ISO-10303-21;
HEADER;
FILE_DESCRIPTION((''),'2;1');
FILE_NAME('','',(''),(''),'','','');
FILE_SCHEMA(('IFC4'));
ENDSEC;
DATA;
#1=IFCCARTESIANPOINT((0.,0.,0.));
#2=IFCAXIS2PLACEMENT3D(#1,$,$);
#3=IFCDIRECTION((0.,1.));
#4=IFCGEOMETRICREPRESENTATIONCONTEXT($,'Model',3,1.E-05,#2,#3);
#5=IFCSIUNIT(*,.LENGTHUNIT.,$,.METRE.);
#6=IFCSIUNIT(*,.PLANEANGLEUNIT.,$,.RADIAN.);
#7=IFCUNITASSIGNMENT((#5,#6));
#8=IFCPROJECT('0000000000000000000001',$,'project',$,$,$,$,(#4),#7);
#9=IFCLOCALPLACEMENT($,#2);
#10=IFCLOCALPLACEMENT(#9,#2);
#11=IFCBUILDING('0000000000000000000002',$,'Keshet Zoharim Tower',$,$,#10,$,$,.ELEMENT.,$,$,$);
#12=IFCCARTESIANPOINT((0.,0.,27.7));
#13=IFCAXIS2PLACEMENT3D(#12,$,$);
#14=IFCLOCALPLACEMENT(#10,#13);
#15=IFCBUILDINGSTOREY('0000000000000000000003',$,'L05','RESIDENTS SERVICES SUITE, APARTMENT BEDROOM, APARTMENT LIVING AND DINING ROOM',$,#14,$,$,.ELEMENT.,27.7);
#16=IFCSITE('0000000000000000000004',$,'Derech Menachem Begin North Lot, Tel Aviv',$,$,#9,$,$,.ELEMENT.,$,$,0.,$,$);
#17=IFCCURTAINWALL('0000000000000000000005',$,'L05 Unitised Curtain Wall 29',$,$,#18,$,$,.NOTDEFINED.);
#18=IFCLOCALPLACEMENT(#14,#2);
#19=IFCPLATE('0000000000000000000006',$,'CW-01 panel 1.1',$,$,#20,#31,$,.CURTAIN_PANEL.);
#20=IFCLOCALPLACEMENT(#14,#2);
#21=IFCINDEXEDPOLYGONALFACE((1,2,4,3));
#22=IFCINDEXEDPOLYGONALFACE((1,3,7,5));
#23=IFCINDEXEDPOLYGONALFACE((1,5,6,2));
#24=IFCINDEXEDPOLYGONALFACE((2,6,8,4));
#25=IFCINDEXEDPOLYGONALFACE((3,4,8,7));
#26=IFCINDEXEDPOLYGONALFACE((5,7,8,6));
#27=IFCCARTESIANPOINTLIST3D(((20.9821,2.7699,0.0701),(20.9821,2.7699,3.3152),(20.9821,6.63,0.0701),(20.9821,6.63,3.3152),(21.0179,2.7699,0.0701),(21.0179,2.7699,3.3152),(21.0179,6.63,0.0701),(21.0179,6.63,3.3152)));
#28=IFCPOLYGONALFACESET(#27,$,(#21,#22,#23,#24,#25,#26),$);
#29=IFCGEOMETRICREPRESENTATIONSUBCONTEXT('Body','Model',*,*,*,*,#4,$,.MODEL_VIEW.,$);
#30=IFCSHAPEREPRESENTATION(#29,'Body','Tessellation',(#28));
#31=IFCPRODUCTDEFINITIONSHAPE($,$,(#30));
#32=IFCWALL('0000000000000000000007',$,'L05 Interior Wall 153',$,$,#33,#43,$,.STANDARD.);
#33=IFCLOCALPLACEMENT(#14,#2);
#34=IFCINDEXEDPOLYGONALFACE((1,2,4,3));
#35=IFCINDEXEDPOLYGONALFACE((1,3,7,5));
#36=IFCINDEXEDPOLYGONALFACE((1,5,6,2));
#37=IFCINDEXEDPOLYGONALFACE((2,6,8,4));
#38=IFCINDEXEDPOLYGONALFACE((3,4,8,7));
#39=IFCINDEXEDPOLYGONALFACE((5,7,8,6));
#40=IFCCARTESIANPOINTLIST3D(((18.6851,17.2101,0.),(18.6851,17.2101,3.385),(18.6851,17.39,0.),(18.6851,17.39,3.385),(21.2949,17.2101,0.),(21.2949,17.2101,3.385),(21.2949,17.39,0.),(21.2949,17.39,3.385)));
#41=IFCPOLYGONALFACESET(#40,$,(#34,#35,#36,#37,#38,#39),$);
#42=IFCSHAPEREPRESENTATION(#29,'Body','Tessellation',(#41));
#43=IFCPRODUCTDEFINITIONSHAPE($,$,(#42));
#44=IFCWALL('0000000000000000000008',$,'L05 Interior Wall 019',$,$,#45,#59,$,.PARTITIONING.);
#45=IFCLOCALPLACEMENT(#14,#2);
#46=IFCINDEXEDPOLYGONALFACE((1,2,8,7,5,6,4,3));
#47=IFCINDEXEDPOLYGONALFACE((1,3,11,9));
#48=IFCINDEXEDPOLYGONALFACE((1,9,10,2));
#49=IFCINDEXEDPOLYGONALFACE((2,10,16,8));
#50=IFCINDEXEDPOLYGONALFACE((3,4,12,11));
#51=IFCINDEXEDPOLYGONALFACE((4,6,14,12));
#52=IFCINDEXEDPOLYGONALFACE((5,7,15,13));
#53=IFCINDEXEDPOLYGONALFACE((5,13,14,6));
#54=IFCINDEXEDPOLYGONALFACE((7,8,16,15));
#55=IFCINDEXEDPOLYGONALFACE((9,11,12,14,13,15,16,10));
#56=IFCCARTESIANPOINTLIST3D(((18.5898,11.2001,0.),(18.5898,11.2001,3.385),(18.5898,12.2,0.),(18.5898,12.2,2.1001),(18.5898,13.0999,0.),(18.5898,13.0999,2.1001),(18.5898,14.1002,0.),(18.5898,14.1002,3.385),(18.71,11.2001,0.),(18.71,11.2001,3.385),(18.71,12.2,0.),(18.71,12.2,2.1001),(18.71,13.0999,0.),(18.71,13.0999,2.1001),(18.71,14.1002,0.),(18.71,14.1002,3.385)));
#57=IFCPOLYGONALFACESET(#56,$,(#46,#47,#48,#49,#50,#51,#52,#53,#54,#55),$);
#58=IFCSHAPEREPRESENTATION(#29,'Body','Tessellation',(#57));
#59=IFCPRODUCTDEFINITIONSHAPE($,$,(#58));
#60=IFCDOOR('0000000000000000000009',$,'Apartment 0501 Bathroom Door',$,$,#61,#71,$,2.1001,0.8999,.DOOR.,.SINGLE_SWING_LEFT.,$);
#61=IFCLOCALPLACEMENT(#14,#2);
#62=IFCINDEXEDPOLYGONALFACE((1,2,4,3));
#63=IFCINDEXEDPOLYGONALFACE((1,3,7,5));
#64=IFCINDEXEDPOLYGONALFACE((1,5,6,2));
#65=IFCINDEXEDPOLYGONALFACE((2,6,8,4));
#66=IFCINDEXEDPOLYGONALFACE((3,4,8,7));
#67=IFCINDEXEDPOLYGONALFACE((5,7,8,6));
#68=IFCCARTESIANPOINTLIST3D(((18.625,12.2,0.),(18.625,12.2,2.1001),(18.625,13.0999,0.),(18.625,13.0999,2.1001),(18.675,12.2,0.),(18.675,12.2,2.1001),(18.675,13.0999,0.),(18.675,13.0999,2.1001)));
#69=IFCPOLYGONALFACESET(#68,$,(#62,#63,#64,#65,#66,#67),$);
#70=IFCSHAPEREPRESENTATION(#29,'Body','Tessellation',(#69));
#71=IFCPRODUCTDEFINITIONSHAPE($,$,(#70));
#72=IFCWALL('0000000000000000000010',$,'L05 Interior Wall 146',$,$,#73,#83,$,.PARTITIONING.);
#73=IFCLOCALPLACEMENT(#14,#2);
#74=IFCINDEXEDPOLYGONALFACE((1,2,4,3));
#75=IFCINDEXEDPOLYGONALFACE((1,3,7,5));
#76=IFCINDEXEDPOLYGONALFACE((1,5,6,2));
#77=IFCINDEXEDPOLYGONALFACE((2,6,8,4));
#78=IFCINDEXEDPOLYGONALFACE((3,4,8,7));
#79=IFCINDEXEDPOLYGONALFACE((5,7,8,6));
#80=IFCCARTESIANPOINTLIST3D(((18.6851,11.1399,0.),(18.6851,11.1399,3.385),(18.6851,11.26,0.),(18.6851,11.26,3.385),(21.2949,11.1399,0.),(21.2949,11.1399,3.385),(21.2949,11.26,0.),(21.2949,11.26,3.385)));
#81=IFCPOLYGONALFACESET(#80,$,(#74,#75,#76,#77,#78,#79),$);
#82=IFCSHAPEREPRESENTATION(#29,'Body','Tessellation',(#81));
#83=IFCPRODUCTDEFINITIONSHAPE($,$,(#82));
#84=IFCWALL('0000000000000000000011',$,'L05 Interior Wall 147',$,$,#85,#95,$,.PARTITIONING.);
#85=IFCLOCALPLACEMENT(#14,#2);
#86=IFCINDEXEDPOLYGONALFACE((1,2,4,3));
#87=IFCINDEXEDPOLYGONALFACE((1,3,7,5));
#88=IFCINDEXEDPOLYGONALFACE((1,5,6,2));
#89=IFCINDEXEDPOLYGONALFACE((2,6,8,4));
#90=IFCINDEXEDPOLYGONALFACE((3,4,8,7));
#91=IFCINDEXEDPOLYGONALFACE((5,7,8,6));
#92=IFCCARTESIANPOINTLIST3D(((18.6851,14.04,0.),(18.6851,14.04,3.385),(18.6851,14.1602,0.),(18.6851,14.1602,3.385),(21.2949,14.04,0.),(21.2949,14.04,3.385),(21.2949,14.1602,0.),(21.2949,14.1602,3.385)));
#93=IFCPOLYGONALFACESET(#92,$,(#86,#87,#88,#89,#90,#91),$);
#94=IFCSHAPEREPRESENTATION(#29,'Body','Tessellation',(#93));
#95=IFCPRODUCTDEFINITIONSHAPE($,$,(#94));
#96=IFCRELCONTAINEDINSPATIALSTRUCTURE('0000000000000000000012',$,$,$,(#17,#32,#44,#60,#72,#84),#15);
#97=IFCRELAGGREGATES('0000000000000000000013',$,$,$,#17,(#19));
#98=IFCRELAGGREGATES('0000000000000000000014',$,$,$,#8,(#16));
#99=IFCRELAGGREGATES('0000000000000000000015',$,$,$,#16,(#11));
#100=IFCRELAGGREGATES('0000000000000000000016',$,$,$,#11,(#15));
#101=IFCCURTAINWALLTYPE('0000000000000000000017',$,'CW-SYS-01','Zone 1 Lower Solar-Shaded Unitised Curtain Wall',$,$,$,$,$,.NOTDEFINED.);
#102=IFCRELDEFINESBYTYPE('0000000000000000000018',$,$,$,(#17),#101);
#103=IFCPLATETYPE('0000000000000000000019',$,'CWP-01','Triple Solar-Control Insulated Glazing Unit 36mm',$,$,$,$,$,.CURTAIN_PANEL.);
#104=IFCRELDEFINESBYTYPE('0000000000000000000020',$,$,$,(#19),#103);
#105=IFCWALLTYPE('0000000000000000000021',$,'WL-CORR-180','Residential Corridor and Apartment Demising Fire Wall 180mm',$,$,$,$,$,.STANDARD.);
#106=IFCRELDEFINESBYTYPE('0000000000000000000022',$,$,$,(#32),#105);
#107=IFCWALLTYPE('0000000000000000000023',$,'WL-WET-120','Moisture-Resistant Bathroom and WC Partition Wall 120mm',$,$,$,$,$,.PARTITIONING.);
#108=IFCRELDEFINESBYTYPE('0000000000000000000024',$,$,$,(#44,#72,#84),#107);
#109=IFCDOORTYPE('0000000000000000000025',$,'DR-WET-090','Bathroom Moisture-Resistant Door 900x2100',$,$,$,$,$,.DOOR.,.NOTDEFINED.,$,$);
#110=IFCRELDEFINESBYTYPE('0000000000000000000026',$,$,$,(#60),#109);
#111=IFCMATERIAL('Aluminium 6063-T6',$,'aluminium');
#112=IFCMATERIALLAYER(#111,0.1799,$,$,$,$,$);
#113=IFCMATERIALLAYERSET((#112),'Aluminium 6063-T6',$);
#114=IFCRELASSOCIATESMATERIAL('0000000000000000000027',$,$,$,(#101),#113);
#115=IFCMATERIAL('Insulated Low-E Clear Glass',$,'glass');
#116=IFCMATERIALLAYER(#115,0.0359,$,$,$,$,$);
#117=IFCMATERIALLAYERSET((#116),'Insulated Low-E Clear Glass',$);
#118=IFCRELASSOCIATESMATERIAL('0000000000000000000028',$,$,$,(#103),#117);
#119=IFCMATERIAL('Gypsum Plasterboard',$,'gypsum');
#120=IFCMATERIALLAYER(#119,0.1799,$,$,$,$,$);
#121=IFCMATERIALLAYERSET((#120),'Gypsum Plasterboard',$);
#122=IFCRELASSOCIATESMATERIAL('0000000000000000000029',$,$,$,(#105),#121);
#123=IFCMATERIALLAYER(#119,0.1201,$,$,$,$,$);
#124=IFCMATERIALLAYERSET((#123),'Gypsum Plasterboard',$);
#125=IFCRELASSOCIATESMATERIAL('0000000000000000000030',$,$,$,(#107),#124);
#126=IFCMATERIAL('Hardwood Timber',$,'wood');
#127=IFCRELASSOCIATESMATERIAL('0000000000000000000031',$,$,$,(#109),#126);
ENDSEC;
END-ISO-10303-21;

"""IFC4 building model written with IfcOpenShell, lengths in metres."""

from ifc_helpers import new_model, si_unit, direction, frame, frame_2d, origin, origin_2d, place, context, subcontext, project, spatial, rectangle, extrude, material, layer, layer_set, type_object, element, fill, aggregate, save


model = new_model("IFC4")

# Units and contexts
model_context = context("Model", 3, precision=1e-05, world=origin(), true_north=direction((0.0, 1.0)))
body_context = subcontext(model_context, "Body", "Model", "MODEL_VIEW")
ifc_project = project(units=[si_unit("LENGTHUNIT", "METRE"), si_unit("PLANEANGLEUNIT", "RADIAN")], contexts=[model_context])

# Site, building, storey
site_placement = place(None, origin())
site = spatial("IfcSite", under=ifc_project, at=site_placement, Name="Derech Menachem Begin North Lot, Tel Aviv", CompositionType="ELEMENT", RefElevation=0.0)
building_placement = place(site_placement, origin())
building = spatial("IfcBuilding", under=site, at=building_placement, Name="Keshet Zoharim Tower", CompositionType="ELEMENT")
storey_placement = place(building_placement, frame((0.0, 0.0, 27.7)))
storey = spatial("IfcBuildingStorey", under=building, at=storey_placement, Name="L05", Description="RESIDENTS SERVICES SUITE, APARTMENT BEDROOM, APARTMENT LIVING AND DINING ROOM", CompositionType="ELEMENT", Elevation=27.7)

# Shared definitions
ifc_material_1 = material(Name="Aluminium 6063-T6", Category="aluminium")
ifc_layer_1 = layer(ifc_material_1, 0.1799)
ifc_layer_set_1 = layer_set([ifc_layer_1], Name="Aluminium 6063-T6")
curtain_wall_type = type_object("IfcCurtainWallType", Name="CW-SYS-01", Description="Zone 1 Lower Solar-Shaded Unitised Curtain Wall", PredefinedType="NOTDEFINED", material=ifc_layer_set_1)

# Curtain wall
curtain_wall_1_placement = place(storey_placement, origin())
curtain_wall_1 = element("IfcCurtainWall", 1, at=curtain_wall_1_placement, inside=storey, type_object=curtain_wall_type, Name="L05 Unitised Curtain Wall 29", PredefinedType="NOTDEFINED")

# Plate
ifc_material_2 = material(Name="Insulated Low-E Clear Glass", Category="glass")
ifc_layer_2 = layer(ifc_material_2, 0.0359)
ifc_layer_set_2 = layer_set([ifc_layer_2], Name="Insulated Low-E Clear Glass")
plate_type = type_object("IfcPlateType", Name="CWP-01", Description="Triple Solar-Control Insulated Glazing Unit 36mm", PredefinedType="CURTAIN_PANEL", material=ifc_layer_set_2)
plate_1_placement = place(storey_placement, frame((21.0, 4.7, 0.0701), z_axis=(0.0, 0.0, 1.0), x_axis=(0.0, 1.0, 0.0)))
plate_1 = element("IfcPlate", 2, at=plate_1_placement, type_object=plate_type, Name="CW-01 panel 1.1", PredefinedType="CURTAIN_PANEL", context=body_context, shape_type="SweptSolid", body=[
    extrude(rectangle(XDim=3.8601, YDim=0.0359, at=origin_2d()), origin(), (0.0, 0.0, 1.0), 3.2451),
])
aggregate(curtain_wall_1, [plate_1])

# Wall
ifc_material_3 = material(Name="Gypsum Plasterboard", Category="gypsum")
ifc_layer_3 = layer(ifc_material_3, 0.1799)
ifc_layer_set_3 = layer_set([ifc_layer_3], Name="Gypsum Plasterboard")
wall_type_1 = type_object("IfcWallType", Name="WL-CORR-180", Description="Residential Corridor and Apartment Demising Fire Wall 180mm", PredefinedType="STANDARD", material=ifc_layer_set_3)
wall_1_placement = place(storey_placement, frame((18.6851, 17.3, 0.0), z_axis=(0.0, 0.0, 1.0), x_axis=(1.0, 0.0, 0.0)))
element("IfcWall", 3, at=wall_1_placement, inside=storey, type_object=wall_type_1, Name="L05 Interior Wall 153", PredefinedType="STANDARD", context=body_context, shape_type="SweptSolid", body=[
    extrude(rectangle(XDim=2.6099, YDim=0.1799, at=frame_2d((1.3049, 0.0))), origin(), (0.0, 0.0, 1.0), 3.385),
])

# Wall, opening, door
ifc_material_4 = material(Name="Hardwood Timber", Category="wood")
ifc_layer_4 = layer(ifc_material_3, 0.1201)
ifc_layer_set_4 = layer_set([ifc_layer_4], Name="Gypsum Plasterboard")
wall_type_2 = type_object("IfcWallType", Name="WL-WET-120", Description="Moisture-Resistant Bathroom and WC Partition Wall 120mm", PredefinedType="PARTITIONING", material=ifc_layer_set_4)
wall_2_placement = place(storey_placement, frame((18.6499, 11.2, 0.0), z_axis=(0.0, 0.0, 1.0), x_axis=(0.0, 1.0, 0.0)))
wall_2 = element("IfcWall", 4, at=wall_2_placement, inside=storey, type_object=wall_type_2, Name="L05 Interior Wall 019", PredefinedType="PARTITIONING", context=body_context, shape_type="SweptSolid", body=[
    extrude(rectangle(XDim=2.9001, YDim=0.1201, at=frame_2d((1.4502, 0.0))), origin(), (0.0, 0.0, 1.0), 3.385),
])
opening_1_placement = place(wall_2_placement, frame((1.0, 0.0, 0.0)))
opening_1 = element("IfcOpeningElement", 5, at=opening_1_placement, cuts=wall_2, PredefinedType="OPENING", context=body_context, shape_type="SweptSolid", body=[
    extrude(rectangle(XDim=0.8999, YDim=2.1001, at=frame_2d((0.45, 1.05))), frame((0.0, 0.0701, 0.0), z_axis=(0.0, -1.0, 0.0), x_axis=(1.0, 0.0, 0.0)), (0.0, 0.0, 1.0), 0.1401),
])
door_type_1 = type_object("IfcDoorType", Name="DR-WET-090", Description="Bathroom Moisture-Resistant Door 900x2100", OperationType="NOTDEFINED", PredefinedType="DOOR", material=ifc_material_4)
door_1_placement = place(opening_1_placement, origin())
door_1 = element("IfcDoor", 6, at=door_1_placement, inside=storey, type_object=door_type_1, Name="Apartment 0501 Bathroom Door", OperationType="SINGLE_SWING_LEFT", OverallHeight=2.1001, OverallWidth=0.8999, PredefinedType="DOOR", context=body_context, shape_type="SweptSolid", body=[
    extrude(rectangle(XDim=0.8999, YDim=2.1001, at=frame_2d((0.45, 1.05))), frame((0.0, 0.0249, 0.0), z_axis=(0.0, -1.0, 0.0), x_axis=(1.0, 0.0, 0.0)), (0.0, 0.0, 1.0), 0.05),
])
fill(opening_1, door_1)

# Walls
for number, where, z_axis, x_axis, name in (
    (7, (18.6851, 11.2, 0.0), (0.0, 0.0, 1.0), (1.0, 0.0, 0.0), "L05 Interior Wall 146"),
    (8, (18.6851, 14.1001, 0.0), (0.0, 0.0, 1.0), (1.0, 0.0, 0.0), "L05 Interior Wall 147"),
):
    element("IfcWall", number, at=place(storey_placement, frame(where, z_axis=z_axis, x_axis=x_axis)), inside=storey, type_object=wall_type_2, Name=name, PredefinedType="PARTITIONING", context=body_context, shape_type="SweptSolid", body=[
        extrude(rectangle(XDim=2.6099, YDim=0.1201, at=frame_2d((1.3049, 0.0))), origin(), (0.0, 0.0, 1.0), 3.385),
    ])

save(model, "model.ifc")
